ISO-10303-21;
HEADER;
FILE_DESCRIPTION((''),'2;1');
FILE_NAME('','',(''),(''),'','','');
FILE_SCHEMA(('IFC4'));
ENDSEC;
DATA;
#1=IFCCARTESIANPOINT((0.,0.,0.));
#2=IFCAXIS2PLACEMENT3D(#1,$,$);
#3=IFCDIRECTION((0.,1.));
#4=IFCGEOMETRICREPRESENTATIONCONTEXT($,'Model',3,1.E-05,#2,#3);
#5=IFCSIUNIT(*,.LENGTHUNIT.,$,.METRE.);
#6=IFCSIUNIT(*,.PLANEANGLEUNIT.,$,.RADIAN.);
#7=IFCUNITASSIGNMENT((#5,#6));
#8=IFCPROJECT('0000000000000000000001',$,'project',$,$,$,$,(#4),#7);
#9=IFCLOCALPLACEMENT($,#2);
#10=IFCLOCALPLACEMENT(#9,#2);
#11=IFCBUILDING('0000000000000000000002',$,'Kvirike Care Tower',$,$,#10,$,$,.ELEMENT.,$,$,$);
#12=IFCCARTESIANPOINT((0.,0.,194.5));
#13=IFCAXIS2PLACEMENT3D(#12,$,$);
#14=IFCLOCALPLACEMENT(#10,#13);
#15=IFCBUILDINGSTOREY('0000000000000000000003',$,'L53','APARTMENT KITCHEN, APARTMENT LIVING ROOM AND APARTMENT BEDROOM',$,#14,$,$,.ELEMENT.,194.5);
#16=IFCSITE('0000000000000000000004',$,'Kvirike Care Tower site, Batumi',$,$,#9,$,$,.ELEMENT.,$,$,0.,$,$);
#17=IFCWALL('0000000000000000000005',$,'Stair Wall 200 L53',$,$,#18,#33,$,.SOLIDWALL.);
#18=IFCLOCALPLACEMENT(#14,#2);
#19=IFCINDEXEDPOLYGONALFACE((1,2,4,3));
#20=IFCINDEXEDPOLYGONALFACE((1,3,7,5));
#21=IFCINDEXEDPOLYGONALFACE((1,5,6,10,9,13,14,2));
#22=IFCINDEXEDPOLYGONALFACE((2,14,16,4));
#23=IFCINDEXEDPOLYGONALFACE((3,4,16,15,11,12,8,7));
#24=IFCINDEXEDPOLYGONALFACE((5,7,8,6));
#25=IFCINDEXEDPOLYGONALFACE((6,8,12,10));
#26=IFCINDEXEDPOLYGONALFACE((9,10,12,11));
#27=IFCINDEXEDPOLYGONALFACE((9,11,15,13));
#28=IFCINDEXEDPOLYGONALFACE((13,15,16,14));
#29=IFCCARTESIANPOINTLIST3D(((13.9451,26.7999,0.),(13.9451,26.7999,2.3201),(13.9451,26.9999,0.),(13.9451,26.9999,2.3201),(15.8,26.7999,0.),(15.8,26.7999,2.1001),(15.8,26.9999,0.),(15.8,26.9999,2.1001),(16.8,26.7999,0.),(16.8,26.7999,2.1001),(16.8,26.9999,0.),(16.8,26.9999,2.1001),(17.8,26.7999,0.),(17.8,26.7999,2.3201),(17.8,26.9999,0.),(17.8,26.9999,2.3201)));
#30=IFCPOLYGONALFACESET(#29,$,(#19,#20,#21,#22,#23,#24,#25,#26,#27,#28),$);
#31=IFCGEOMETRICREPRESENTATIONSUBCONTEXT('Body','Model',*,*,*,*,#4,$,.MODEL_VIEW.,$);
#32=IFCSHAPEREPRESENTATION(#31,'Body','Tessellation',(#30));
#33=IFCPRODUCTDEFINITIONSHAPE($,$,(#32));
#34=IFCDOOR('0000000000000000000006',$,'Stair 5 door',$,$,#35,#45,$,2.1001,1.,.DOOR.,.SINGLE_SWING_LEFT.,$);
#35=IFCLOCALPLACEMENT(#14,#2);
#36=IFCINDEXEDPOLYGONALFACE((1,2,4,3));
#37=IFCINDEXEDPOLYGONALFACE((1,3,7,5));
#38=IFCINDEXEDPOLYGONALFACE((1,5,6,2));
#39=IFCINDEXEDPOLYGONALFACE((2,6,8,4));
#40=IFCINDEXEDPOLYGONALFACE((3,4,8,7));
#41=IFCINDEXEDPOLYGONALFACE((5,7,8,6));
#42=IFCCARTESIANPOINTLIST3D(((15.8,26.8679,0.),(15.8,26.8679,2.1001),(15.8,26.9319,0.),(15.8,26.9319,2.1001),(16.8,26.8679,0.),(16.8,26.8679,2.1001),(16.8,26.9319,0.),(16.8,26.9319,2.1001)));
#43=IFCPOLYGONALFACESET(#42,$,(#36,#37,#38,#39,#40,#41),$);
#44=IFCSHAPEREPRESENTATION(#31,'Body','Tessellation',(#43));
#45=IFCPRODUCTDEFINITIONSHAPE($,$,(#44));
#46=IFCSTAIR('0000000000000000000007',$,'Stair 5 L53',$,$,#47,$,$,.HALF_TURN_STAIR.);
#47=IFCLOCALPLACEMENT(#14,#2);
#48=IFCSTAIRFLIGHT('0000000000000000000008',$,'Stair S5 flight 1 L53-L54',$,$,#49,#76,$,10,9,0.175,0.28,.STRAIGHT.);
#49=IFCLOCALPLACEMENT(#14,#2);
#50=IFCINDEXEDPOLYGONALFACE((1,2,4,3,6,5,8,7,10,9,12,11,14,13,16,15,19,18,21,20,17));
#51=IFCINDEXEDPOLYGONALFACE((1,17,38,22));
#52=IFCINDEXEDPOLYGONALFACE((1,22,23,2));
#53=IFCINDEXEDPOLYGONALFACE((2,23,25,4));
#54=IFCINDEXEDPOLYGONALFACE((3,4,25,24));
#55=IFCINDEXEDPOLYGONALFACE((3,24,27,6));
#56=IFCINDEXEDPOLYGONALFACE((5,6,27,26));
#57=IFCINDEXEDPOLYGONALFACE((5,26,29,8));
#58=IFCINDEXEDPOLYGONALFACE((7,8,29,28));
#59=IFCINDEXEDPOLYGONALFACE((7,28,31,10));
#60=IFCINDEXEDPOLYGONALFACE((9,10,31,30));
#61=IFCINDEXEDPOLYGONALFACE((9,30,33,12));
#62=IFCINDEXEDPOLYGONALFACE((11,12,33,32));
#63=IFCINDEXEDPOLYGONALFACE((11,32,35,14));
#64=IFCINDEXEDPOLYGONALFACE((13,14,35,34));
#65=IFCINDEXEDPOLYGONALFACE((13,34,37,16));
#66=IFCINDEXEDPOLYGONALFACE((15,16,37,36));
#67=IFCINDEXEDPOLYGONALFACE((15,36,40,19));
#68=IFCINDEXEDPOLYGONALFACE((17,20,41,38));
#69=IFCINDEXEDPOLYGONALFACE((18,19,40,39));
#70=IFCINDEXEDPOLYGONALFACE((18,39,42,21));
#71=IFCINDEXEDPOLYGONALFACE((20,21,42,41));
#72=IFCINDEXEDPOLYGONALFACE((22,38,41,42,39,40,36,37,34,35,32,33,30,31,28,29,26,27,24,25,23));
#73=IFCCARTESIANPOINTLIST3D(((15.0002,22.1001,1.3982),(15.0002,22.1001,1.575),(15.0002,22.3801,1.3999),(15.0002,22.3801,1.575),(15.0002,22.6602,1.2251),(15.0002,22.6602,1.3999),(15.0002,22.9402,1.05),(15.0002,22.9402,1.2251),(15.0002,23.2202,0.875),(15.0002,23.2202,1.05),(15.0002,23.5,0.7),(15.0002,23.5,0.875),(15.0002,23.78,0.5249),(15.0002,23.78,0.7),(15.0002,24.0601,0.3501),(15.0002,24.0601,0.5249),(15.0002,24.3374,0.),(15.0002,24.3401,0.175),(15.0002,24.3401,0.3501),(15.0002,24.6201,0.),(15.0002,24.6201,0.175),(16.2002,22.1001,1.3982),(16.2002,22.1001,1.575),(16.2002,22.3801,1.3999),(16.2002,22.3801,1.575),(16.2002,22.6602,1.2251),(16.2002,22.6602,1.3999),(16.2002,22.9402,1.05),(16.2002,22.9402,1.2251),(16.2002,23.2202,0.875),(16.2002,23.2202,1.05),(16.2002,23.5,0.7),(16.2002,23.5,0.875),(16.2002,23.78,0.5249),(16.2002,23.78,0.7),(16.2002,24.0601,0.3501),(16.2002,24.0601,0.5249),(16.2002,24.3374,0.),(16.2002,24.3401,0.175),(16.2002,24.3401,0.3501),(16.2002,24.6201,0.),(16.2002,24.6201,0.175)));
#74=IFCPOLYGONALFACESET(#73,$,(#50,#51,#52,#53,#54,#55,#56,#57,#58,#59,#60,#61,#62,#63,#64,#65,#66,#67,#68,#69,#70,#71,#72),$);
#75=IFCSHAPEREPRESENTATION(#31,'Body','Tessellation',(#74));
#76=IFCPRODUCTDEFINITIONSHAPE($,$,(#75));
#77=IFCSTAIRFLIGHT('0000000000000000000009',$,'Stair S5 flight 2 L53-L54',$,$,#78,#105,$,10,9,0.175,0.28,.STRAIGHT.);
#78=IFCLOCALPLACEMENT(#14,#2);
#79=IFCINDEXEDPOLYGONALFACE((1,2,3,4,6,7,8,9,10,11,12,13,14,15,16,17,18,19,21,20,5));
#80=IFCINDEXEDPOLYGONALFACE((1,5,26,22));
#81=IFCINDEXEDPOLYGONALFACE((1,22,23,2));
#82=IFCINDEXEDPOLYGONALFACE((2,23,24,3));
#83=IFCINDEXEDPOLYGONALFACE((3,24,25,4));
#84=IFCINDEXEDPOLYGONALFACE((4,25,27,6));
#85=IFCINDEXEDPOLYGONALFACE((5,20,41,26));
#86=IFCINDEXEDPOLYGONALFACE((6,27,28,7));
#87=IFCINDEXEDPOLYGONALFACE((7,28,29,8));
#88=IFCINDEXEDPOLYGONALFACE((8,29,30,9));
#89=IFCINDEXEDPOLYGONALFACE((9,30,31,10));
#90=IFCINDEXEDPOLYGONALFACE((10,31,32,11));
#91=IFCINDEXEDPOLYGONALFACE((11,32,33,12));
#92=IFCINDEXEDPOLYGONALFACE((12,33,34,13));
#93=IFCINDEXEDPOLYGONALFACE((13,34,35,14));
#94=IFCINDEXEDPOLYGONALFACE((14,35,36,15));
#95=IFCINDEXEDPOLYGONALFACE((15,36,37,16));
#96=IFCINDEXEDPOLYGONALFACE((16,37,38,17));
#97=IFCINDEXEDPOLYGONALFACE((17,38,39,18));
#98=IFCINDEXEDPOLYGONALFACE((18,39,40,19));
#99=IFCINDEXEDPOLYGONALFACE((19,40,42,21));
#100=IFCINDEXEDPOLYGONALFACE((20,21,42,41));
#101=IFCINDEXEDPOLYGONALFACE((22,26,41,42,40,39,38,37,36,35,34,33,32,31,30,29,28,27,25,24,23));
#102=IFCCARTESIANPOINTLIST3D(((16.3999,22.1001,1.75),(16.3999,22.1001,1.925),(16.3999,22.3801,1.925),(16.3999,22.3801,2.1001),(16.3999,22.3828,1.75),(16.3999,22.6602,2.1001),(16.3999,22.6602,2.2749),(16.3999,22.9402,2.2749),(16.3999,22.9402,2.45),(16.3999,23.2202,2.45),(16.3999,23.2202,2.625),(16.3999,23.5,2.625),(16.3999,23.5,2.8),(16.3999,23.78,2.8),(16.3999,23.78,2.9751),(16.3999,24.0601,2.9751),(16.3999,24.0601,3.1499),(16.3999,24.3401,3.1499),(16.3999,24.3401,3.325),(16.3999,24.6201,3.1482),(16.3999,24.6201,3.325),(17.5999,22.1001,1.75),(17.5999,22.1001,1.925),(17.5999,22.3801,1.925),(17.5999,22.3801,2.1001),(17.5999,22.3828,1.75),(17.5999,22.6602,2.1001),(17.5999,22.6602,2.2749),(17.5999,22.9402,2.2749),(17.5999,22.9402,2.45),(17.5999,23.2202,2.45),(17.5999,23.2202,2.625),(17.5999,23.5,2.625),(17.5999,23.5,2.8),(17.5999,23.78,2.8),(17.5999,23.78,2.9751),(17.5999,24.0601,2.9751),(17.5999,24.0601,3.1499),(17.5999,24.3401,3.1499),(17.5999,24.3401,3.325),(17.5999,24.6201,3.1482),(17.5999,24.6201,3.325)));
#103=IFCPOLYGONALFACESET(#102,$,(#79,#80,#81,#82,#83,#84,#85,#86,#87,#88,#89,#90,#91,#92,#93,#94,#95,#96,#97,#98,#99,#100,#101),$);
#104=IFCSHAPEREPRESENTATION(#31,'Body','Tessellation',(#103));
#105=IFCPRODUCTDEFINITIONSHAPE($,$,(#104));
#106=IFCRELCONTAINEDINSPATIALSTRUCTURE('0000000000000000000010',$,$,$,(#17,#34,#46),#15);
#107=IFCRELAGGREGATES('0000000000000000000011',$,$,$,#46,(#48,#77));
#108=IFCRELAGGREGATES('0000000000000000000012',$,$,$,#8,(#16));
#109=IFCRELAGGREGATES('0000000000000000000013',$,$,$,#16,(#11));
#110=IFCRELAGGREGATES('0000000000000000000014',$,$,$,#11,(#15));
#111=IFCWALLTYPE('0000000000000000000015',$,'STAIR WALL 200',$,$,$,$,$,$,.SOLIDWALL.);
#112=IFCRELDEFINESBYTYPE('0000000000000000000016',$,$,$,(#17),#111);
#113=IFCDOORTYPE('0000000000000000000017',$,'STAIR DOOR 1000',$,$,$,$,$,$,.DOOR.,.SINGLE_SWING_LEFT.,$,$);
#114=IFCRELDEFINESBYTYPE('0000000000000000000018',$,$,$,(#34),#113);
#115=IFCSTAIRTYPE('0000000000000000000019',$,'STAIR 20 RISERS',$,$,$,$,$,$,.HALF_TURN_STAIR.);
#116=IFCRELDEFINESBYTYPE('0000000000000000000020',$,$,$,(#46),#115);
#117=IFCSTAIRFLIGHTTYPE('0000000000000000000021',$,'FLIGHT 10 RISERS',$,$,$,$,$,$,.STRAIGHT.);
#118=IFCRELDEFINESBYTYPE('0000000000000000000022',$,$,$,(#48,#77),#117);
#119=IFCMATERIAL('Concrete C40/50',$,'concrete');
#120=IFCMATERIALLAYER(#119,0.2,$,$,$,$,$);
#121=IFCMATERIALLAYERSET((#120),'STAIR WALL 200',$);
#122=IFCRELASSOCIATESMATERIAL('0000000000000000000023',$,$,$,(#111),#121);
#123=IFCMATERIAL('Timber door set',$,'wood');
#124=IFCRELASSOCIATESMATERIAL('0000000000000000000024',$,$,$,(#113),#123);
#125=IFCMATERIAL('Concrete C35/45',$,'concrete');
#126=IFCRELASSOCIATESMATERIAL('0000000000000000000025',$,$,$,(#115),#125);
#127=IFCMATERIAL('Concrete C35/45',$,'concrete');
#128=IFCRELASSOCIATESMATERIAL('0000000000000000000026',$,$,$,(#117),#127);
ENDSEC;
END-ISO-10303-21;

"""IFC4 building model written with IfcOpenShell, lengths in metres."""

from ifc_helpers import new_model, si_unit, direction, frame, frame_2d, origin, place, context, subcontext, project, spatial, polyline, rectangle, outline, extrude, material, layer, layer_set, type_object, element, fill, aggregate, save


model = new_model("IFC4")

# Units and contexts
model_context = context("Model", 3, precision=1e-05, world=origin(), true_north=direction((0.0, 1.0)))
body_context = subcontext(model_context, "Body", "Model", "MODEL_VIEW")
ifc_project = project(units=[si_unit("LENGTHUNIT", "METRE"), si_unit("PLANEANGLEUNIT", "RADIAN")], contexts=[model_context])

# Site, building, storey
site_placement = place(None, origin())
site = spatial("IfcSite", under=ifc_project, at=site_placement, Name="Kvirike Care Tower site, Batumi", CompositionType="ELEMENT", RefElevation=0.0)
building_placement = place(site_placement, origin())
building = spatial("IfcBuilding", under=site, at=building_placement, Name="Kvirike Care Tower", CompositionType="ELEMENT")
storey_placement = place(building_placement, frame((0.0, 0.0, 194.5)))
storey = spatial("IfcBuildingStorey", under=building, at=storey_placement, Name="L53", Description="APARTMENT KITCHEN, APARTMENT LIVING ROOM AND APARTMENT BEDROOM", CompositionType="ELEMENT", Elevation=194.5)

# Shared definitions
ifc_material_1 = material(Name="Concrete C40/50", Category="concrete")
ifc_layer_1 = layer(ifc_material_1, 0.2)
ifc_layer_set_1 = layer_set([ifc_layer_1], Name="STAIR WALL 200")
wall_type_1 = type_object("IfcWallType", Name="STAIR WALL 200", PredefinedType="SOLIDWALL", material=ifc_layer_set_1)

# Wall, opening, door
wall_1_placement = place(storey_placement, frame((13.9451, 26.8999, 0.0), z_axis=(0.0, 0.0, 1.0), x_axis=(1.0, 0.0, 0.0)))
wall_1 = element("IfcWall", 1, at=wall_1_placement, inside=storey, type_object=wall_type_1, Name="Stair Wall 200 L53", PredefinedType="SOLIDWALL", context=body_context, shape_type="SweptSolid", body=[
    extrude(rectangle(XDim=3.855, YDim=0.2, at=frame_2d((1.9275, 0.0))), origin(), (0.0, 0.0, 1.0), 2.3201),
])
opening_1_placement = place(wall_1_placement, frame((1.855, 0.0, 0.0)))
opening_1 = element("IfcOpeningElement", 2, at=opening_1_placement, cuts=wall_1, PredefinedType="OPENING", context=body_context, shape_type="SweptSolid", body=[
    extrude(rectangle(XDim=1.0, YDim=2.1001, at=frame_2d((0.5, 1.05))), frame((0.0, 0.1106, 0.0), z_axis=(0.0, -1.0, 0.0), x_axis=(1.0, 0.0, 0.0)), (0.0, 0.0, 1.0), 0.2209),
])
ifc_material_2 = material(Name="Timber door set", Category="wood")
door_type_1 = type_object("IfcDoorType", Name="STAIR DOOR 1000", OperationType="SINGLE_SWING_LEFT", PredefinedType="DOOR", material=ifc_material_2)
door_1_placement = place(opening_1_placement, frame((1.0, 0.0, 0.0), z_axis=(0.0, 0.0, 1.0), x_axis=(-1.0, 0.0, 0.0)))
door_1 = element("IfcDoor", 3, at=door_1_placement, inside=storey, type_object=door_type_1, Name="Stair 5 door", OperationType="SINGLE_SWING_LEFT", OverallHeight=2.1001, OverallWidth=1.0, PredefinedType="DOOR", context=body_context, shape_type="SweptSolid", body=[
    extrude(rectangle(XDim=1.0, YDim=2.1001, at=frame_2d((0.5, 1.05))), frame((0.0, 0.032, 0.0), z_axis=(0.0, -1.0, 0.0), x_axis=(1.0, 0.0, 0.0)), (0.0, 0.0, 1.0), 0.064),
])
fill(opening_1, door_1)

# Stair, stair flights
ifc_material_3 = material(Name="Concrete C35/45", Category="concrete")
stair_type = type_object("IfcStairType", Name="STAIR 20 RISERS", PredefinedType="HALF_TURN_STAIR", material=ifc_material_3)
stair_placement = place(storey_placement, origin())
stair = element("IfcStair", 4, at=stair_placement, inside=storey, type_object=stair_type, Name="Stair 5 L53", PredefinedType="HALF_TURN_STAIR")
ifc_material_4 = material(Name="Concrete C35/45", Category="concrete")
stair_flight_type = type_object("IfcStairFlightType", Name="FLIGHT 10 RISERS", PredefinedType="STRAIGHT", material=ifc_material_4)
stair_flight_1_placement = place(storey_placement, frame((15.6001, 24.6201, 0.0), z_axis=(0.0, 0.0, 1.0), x_axis=(0.0, -1.0, 0.0)))
stair_flight_1 = element("IfcStairFlight", 5, at=stair_flight_1_placement, type_object=stair_flight_type, Name="Stair S5 flight 1 L53-L54", NumberOfRisers=10, NumberOfTreads=9, PredefinedType="STRAIGHT", RiserHeight=0.175, TreadLength=0.28, context=body_context, shape_type="SweptSolid", body=[
    extrude(outline(polyline([(0.0, 0.0), (0.0, 0.175), (0.28, 0.175), (0.28, 0.3501), (0.5601, 0.3501), (0.5601, 0.5249), (0.8401, 0.5249), (0.8401, 0.7), (1.1201, 0.7), (1.1201, 0.875), (1.3999, 0.875), (1.3999, 1.05), (1.6799, 1.05), (1.6799, 1.2251), (1.96, 1.2251), (1.96, 1.3999), (2.24, 1.3999), (2.24, 1.575), (2.52, 1.575), (2.52, 1.75), (2.52, 1.3982), (0.2827, 0.0), (0.0, 0.0)])), frame((0.0, 0.6001, 0.0), z_axis=(0.0, -1.0, 0.0), x_axis=(1.0, 0.0, 0.0)), (0.0, 0.0, 1.0), 1.2),
])
stair_flight_2_placement = place(storey_placement, frame((17.0, 22.1001, 1.75), z_axis=(0.0, 0.0, 1.0), x_axis=(0.0, 1.0, 0.0)))
stair_flight_2 = element("IfcStairFlight", 6, at=stair_flight_2_placement, type_object=stair_flight_type, Name="Stair S5 flight 2 L53-L54", NumberOfRisers=10, NumberOfTreads=9, PredefinedType="STRAIGHT", RiserHeight=0.175, TreadLength=0.28, context=body_context, shape_type="SweptSolid", body=[
    extrude(outline(polyline([(0.0, 0.0), (0.0, 0.175), (0.28, 0.175), (0.28, 0.3501), (0.5601, 0.3501), (0.5601, 0.5249), (0.8401, 0.5249), (0.8401, 0.7), (1.1201, 0.7), (1.1201, 0.875), (1.3999, 0.875), (1.3999, 1.05), (1.6799, 1.05), (1.6799, 1.2251), (1.96, 1.2251), (1.96, 1.3999), (2.24, 1.3999), (2.24, 1.575), (2.52, 1.575), (2.52, 1.75), (2.52, 1.3982), (0.2827, 0.0), (0.0, 0.0)])), frame((0.0, 0.6001, 0.0), z_axis=(0.0, -1.0, 0.0), x_axis=(1.0, 0.0, 0.0)), (0.0, 0.0, 1.0), 1.2),
])
aggregate(stair, [stair_flight_1, stair_flight_2])

save(model, "model.ifc")
